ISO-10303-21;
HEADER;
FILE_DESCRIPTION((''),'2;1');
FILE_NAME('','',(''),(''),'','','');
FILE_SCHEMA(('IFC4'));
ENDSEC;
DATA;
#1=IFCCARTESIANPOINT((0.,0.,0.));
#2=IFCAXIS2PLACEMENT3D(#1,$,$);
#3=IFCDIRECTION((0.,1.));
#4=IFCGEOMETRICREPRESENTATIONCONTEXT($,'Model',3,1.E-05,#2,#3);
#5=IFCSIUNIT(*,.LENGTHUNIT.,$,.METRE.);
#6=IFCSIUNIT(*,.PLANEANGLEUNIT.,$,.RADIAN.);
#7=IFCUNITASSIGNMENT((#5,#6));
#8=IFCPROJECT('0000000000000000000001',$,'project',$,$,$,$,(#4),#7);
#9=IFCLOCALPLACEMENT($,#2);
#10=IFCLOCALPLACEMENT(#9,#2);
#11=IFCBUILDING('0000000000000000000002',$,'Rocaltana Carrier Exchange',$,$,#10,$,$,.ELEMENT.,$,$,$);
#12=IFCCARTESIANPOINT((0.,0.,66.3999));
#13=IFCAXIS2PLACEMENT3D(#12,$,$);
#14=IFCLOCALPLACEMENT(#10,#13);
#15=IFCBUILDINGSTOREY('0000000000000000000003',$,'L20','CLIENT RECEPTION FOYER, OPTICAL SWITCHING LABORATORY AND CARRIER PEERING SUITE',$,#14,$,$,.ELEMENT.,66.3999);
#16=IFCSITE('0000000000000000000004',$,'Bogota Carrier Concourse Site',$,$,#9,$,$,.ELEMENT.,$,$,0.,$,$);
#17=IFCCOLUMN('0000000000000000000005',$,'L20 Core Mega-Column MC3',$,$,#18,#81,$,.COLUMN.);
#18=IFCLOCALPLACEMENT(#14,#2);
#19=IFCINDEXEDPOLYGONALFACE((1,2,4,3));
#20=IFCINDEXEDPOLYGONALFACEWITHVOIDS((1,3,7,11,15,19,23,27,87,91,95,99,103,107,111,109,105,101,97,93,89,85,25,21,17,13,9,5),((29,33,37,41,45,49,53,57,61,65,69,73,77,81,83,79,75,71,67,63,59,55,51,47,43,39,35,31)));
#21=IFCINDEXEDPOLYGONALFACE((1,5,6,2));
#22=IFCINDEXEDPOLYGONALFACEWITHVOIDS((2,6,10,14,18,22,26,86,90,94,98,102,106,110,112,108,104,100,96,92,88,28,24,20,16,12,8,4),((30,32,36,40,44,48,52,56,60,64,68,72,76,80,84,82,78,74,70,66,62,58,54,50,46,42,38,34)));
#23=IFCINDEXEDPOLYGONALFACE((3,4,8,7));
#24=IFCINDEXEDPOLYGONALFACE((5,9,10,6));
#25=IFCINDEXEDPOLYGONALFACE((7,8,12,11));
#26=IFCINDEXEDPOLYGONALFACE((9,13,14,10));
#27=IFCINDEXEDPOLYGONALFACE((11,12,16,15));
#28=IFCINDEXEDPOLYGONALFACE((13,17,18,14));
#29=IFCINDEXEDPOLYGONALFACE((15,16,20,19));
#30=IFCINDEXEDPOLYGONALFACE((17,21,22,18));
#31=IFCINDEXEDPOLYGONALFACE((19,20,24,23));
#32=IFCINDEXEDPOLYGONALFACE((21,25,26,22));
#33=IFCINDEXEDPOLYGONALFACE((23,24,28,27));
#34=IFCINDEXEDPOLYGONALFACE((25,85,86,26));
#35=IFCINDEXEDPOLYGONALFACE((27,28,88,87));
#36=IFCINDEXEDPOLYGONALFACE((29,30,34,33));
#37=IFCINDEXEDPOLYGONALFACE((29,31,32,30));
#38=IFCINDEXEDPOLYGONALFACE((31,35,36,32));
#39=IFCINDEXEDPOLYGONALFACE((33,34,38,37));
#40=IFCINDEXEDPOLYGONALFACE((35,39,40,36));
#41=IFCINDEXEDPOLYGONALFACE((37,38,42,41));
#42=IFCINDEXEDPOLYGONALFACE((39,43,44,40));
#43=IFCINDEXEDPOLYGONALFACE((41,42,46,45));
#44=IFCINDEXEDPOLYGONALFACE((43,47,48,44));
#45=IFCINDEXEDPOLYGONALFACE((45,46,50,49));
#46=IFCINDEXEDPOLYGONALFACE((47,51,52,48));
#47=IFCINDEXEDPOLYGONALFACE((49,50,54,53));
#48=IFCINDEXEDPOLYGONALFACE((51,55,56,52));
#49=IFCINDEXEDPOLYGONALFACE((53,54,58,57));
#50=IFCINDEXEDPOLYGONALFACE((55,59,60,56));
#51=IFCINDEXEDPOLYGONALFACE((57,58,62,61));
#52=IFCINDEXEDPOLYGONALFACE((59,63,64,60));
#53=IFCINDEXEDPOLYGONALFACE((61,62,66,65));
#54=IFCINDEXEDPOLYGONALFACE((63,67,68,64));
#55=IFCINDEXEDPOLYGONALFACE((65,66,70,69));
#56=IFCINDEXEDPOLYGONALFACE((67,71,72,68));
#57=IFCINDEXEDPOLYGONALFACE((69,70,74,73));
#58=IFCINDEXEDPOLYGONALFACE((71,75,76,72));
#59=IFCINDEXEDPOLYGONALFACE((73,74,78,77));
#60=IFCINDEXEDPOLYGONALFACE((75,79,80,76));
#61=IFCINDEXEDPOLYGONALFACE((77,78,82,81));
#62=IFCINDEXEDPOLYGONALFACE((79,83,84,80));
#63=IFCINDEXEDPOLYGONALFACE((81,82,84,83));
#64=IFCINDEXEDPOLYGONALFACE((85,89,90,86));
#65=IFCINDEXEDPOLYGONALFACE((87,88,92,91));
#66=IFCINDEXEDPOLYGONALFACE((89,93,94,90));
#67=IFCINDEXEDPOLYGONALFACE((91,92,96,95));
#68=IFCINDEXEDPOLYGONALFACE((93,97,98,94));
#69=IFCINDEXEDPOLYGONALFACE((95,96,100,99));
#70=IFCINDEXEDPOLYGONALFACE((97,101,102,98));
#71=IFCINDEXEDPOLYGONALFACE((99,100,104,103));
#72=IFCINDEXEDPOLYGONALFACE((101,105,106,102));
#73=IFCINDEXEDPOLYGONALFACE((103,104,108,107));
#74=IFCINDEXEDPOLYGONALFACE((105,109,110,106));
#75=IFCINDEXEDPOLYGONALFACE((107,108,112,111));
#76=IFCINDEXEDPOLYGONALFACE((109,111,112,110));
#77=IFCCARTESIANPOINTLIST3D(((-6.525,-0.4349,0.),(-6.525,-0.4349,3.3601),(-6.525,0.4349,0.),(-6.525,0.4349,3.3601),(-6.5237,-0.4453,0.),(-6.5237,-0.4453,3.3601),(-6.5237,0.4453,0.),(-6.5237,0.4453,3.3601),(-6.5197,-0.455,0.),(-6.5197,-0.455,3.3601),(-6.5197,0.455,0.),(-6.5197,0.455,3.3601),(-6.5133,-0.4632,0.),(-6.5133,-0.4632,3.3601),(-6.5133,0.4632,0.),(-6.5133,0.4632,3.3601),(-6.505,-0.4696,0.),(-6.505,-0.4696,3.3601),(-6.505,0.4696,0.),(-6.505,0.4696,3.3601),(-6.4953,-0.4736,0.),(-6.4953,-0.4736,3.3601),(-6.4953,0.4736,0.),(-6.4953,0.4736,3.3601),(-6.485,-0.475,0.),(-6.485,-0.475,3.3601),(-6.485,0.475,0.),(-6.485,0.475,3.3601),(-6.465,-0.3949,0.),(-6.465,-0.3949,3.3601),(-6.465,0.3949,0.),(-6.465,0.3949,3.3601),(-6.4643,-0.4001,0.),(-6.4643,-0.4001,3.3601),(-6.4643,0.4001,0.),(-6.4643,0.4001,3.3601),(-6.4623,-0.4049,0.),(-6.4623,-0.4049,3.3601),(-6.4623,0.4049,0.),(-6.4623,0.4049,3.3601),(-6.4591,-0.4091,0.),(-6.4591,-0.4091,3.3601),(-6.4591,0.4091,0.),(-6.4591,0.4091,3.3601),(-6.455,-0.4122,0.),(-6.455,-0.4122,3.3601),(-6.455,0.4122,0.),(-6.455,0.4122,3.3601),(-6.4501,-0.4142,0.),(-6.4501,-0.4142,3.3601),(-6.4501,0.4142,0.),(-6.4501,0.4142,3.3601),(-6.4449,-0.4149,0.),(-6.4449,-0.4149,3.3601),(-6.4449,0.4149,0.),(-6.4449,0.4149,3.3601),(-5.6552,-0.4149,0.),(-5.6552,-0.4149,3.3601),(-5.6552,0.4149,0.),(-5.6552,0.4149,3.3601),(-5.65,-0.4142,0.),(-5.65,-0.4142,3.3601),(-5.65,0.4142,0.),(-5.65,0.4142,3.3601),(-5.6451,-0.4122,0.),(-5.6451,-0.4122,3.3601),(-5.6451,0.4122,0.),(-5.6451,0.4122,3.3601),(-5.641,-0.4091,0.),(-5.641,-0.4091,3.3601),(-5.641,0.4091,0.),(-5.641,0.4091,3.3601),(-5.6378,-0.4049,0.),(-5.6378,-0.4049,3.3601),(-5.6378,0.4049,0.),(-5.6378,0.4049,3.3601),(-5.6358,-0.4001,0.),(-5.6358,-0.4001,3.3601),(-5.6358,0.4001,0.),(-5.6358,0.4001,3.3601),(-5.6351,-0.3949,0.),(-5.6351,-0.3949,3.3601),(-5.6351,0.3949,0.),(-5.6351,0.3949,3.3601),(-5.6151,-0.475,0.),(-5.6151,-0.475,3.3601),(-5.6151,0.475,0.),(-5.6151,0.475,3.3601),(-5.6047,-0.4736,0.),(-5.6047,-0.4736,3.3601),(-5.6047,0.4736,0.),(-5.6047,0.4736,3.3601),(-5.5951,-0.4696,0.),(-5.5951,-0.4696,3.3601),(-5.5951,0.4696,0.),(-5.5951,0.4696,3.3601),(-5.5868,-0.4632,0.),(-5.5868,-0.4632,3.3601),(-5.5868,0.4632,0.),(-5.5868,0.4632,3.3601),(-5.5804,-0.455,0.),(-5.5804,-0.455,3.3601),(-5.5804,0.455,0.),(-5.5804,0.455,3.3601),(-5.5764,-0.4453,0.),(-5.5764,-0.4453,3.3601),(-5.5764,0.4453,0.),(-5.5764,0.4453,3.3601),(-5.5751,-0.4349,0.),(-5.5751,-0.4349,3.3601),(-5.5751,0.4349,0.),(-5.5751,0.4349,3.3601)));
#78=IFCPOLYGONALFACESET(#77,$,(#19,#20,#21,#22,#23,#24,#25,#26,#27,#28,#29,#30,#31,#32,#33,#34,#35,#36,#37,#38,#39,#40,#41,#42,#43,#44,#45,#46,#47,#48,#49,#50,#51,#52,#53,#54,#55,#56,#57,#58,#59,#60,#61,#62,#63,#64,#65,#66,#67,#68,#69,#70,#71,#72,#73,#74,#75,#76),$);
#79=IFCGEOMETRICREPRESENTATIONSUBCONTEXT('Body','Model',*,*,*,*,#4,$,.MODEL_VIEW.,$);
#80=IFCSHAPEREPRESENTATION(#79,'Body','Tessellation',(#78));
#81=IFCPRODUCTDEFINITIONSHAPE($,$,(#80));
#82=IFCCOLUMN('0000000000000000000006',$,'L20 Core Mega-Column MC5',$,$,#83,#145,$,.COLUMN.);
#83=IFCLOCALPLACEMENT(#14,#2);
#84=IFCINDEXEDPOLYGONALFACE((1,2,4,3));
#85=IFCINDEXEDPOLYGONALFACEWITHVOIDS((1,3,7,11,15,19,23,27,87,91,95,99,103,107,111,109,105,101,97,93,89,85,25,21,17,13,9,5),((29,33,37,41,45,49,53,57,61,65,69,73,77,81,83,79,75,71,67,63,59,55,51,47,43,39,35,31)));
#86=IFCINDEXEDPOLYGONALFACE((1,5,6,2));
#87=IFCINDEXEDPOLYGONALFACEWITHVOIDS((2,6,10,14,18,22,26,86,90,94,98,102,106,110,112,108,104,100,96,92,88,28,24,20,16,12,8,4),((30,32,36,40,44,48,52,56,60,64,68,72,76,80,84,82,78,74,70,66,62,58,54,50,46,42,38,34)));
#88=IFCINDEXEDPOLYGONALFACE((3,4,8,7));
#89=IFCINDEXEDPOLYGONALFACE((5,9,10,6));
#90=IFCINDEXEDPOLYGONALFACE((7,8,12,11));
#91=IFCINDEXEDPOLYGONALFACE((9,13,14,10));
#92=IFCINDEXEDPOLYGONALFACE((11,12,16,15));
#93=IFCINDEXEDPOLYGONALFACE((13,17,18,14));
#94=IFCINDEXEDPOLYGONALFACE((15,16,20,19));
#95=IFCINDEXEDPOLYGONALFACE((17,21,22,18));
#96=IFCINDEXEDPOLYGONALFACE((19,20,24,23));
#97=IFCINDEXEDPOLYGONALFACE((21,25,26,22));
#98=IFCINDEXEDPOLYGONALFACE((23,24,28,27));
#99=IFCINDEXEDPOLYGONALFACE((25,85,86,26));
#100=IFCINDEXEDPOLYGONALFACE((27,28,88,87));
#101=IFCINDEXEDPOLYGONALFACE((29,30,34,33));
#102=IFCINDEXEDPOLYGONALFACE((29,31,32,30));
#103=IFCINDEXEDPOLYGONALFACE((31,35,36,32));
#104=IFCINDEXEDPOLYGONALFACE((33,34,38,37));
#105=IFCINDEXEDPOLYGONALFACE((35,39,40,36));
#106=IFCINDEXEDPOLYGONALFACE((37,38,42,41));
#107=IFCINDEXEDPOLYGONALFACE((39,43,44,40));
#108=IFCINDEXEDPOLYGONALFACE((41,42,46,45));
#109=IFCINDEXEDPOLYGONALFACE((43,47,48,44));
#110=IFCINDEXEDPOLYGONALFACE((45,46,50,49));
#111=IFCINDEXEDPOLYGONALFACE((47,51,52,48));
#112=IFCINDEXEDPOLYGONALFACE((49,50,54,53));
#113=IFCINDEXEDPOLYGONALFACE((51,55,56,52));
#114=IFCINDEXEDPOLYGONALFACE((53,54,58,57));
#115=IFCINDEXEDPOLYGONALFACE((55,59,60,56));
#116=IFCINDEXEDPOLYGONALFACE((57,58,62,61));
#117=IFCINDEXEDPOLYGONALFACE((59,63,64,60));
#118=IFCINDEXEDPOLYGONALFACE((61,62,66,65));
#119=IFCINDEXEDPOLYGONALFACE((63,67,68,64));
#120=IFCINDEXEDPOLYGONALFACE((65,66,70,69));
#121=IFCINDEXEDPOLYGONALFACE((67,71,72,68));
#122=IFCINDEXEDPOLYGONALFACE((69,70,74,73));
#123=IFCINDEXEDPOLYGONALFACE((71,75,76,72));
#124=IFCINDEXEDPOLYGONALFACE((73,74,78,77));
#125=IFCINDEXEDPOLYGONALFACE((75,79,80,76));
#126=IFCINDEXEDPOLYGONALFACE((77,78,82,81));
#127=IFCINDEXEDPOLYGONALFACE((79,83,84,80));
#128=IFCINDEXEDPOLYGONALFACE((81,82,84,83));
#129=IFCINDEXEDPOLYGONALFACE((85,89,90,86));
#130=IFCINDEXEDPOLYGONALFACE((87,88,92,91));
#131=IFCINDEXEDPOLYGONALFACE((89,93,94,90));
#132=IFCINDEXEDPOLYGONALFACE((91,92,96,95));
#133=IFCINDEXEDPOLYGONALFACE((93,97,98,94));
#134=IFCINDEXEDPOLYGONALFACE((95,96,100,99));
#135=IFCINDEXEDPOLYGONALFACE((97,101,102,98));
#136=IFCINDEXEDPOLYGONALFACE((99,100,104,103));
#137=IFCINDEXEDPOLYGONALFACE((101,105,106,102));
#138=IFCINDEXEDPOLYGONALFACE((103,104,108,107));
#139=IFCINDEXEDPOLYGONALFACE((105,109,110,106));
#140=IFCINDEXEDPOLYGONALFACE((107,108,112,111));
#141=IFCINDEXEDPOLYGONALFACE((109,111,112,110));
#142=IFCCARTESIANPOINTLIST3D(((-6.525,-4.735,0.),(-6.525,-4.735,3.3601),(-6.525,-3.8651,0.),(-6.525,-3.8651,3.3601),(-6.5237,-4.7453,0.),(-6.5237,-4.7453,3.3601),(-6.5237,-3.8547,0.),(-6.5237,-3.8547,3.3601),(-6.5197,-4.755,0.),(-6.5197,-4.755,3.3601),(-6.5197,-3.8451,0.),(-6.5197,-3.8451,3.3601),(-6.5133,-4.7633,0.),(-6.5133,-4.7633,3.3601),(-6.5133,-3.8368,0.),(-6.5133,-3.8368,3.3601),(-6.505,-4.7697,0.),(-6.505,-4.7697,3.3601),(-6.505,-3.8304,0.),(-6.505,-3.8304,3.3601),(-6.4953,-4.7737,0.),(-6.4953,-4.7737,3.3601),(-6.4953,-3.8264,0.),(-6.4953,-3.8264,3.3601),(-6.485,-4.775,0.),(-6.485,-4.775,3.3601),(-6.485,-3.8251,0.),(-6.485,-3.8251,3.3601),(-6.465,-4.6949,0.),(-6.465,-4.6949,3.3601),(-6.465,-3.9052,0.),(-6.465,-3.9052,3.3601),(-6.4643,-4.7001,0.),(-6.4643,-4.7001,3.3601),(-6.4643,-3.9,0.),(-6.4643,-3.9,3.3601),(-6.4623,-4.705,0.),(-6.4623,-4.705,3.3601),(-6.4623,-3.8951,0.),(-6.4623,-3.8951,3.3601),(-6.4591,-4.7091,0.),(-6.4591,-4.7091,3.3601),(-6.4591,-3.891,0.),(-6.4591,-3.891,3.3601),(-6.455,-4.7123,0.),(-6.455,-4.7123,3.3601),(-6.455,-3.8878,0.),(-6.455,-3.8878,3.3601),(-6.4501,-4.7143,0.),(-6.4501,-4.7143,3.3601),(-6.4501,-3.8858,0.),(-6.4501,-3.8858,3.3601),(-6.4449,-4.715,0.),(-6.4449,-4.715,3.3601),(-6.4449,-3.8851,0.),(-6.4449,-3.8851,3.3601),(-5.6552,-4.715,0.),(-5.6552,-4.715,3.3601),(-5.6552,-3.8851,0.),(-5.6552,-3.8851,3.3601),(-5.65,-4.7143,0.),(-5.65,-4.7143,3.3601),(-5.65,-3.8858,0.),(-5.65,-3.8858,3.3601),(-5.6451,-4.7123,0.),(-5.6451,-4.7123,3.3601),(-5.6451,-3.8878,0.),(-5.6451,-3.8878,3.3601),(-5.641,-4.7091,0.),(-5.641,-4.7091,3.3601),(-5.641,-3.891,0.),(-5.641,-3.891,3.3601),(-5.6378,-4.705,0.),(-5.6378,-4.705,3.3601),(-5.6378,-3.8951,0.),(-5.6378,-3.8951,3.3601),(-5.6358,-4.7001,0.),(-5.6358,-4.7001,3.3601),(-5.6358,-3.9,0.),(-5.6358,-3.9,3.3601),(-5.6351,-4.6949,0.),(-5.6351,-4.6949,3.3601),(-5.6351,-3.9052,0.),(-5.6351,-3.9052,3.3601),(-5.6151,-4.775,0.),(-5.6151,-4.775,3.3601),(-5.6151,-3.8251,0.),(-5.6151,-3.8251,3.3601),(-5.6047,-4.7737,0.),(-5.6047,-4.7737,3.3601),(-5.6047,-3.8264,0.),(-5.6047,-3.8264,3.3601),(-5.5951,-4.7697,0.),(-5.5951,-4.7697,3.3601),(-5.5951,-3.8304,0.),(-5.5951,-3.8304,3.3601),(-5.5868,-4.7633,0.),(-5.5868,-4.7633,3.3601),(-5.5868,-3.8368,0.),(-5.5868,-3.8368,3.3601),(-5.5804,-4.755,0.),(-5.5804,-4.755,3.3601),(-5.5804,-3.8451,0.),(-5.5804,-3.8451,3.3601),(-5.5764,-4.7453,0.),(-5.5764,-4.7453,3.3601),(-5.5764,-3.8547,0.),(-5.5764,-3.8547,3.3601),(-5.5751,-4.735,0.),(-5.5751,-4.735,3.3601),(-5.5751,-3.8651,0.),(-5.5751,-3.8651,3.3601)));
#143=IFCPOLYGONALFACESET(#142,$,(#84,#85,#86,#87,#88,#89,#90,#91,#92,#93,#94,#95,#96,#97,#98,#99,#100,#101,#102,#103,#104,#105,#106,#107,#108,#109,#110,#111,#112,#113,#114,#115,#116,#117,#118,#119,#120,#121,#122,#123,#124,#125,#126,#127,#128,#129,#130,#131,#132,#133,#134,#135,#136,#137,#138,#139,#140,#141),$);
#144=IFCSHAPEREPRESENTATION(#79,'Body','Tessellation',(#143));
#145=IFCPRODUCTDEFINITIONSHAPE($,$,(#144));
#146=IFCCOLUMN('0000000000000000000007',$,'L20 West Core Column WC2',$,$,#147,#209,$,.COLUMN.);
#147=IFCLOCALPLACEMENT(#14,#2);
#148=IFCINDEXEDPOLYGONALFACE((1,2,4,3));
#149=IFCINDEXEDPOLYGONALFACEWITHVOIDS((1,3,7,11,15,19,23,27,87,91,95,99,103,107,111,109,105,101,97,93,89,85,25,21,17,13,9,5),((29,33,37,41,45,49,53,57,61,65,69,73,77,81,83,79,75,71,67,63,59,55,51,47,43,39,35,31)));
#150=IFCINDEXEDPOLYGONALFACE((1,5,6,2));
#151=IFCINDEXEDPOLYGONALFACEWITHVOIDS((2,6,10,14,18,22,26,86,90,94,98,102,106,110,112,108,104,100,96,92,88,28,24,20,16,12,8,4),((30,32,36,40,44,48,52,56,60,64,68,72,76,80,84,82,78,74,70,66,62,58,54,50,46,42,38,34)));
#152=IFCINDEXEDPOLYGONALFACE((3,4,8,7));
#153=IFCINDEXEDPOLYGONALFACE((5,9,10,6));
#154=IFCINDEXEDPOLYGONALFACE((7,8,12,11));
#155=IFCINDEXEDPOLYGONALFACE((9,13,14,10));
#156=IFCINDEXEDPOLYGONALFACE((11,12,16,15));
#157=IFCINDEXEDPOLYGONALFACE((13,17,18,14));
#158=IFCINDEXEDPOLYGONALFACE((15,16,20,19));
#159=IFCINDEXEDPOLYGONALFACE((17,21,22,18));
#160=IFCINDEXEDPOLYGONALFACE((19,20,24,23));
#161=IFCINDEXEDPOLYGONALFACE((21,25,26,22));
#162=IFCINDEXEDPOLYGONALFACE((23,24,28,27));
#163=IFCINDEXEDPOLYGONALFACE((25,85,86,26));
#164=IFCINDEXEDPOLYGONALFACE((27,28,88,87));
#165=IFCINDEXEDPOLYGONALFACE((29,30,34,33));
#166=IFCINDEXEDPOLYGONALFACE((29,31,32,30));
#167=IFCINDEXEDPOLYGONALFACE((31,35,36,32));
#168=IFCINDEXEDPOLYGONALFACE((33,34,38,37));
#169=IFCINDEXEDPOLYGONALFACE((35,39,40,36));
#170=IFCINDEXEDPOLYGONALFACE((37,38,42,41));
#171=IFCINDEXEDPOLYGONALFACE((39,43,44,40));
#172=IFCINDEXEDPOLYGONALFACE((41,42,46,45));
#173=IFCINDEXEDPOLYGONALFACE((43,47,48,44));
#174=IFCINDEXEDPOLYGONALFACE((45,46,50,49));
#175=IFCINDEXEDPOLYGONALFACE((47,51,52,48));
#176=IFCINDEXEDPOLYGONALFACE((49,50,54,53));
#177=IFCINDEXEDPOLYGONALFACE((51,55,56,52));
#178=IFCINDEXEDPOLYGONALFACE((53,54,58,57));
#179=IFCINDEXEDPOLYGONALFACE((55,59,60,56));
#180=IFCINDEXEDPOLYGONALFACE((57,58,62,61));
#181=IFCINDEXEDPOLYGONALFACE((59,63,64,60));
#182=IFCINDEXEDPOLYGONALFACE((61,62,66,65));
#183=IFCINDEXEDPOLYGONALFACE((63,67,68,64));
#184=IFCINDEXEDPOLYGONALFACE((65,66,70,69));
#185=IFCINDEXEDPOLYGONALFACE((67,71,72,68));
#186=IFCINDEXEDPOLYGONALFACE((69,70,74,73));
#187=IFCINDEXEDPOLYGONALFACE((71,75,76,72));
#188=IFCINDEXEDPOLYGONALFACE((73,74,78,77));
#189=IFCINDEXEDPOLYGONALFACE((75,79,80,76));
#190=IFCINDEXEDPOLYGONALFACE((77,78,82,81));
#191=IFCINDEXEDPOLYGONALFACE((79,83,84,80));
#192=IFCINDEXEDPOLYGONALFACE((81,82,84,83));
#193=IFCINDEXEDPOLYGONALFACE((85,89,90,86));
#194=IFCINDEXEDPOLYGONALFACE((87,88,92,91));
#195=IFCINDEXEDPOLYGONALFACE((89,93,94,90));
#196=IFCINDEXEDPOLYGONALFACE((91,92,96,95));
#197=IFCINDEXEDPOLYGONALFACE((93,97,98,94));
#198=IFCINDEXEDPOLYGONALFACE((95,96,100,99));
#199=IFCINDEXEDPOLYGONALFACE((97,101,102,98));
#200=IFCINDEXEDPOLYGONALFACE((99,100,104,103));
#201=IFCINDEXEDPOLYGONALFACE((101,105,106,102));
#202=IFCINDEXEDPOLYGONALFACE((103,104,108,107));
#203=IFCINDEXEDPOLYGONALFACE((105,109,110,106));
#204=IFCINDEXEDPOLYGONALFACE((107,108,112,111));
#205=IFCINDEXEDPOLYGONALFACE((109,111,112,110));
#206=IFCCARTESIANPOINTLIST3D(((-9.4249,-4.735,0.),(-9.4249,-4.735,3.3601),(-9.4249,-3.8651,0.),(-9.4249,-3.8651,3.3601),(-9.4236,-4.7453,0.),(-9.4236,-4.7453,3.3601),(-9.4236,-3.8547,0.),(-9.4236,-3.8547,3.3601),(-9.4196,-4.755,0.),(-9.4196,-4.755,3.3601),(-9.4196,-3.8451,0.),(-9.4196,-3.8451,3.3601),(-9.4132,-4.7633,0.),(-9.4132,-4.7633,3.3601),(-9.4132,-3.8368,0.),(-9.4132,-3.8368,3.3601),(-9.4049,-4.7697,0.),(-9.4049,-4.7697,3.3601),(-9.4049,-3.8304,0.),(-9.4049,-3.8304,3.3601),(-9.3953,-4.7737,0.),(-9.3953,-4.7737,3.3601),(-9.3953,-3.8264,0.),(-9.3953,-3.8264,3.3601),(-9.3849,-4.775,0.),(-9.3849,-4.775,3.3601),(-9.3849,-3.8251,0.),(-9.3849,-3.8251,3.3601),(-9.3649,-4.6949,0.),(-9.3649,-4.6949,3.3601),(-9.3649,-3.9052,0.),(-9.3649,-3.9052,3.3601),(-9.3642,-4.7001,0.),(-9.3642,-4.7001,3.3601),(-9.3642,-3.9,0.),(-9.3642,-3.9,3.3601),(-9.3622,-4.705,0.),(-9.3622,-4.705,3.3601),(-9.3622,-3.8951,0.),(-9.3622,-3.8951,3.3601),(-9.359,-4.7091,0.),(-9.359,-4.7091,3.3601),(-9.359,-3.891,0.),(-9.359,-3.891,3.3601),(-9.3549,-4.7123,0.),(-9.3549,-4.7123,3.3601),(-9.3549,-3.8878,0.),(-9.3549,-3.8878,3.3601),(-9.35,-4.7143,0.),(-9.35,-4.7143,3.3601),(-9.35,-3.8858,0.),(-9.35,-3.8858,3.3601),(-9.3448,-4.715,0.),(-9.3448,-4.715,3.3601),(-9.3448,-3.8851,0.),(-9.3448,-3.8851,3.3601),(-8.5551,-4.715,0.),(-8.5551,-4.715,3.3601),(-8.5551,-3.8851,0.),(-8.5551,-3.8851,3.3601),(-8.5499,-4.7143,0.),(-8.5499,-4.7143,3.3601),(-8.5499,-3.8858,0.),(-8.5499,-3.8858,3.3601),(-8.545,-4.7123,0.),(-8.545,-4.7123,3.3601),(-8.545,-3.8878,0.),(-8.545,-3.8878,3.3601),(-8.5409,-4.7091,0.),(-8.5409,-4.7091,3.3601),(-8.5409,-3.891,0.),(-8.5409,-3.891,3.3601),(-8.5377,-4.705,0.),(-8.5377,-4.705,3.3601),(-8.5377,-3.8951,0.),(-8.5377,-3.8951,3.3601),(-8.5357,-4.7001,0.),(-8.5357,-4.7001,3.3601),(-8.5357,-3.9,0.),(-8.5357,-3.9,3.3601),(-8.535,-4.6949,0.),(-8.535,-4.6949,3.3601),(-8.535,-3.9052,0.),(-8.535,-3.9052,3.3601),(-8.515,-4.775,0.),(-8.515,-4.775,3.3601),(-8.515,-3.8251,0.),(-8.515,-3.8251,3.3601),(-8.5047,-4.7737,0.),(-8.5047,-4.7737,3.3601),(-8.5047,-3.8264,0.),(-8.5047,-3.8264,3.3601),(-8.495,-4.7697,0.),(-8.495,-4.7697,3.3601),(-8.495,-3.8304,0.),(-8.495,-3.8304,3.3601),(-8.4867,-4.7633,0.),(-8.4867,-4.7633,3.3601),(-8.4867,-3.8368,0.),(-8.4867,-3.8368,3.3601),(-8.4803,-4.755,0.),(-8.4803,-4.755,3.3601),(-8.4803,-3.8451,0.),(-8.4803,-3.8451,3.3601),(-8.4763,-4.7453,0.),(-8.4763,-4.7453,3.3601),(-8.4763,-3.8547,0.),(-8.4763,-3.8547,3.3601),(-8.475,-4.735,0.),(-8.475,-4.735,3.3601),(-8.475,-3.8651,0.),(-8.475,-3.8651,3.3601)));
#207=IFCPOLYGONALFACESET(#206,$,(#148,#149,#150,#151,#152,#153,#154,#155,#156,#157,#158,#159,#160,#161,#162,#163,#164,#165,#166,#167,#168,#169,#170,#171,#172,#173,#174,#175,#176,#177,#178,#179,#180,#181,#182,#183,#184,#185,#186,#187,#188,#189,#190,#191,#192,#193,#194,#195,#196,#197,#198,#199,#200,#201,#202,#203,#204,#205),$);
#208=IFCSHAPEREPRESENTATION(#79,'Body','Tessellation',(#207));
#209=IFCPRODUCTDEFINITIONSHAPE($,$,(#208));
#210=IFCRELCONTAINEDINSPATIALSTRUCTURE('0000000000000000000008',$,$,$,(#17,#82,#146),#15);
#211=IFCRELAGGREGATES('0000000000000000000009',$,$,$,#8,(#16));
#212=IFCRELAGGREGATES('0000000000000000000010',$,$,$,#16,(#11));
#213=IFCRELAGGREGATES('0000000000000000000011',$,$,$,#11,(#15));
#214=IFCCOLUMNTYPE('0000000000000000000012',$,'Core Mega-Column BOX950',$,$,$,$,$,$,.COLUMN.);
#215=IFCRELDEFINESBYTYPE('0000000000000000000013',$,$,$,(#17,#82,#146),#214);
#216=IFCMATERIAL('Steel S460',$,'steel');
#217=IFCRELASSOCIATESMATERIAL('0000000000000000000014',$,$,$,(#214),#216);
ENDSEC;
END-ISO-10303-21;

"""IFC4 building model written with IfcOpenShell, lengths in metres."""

from ifc_helpers import new_model, si_unit, direction, frame, origin, origin_2d, place, context, subcontext, project, spatial, hollow_rectangle, extrude, material, material_profile, profile_set, type_object, element, save


model = new_model("IFC4")

# Units and contexts
model_context = context("Model", 3, precision=1e-05, world=origin(), true_north=direction((0.0, 1.0)))
body_context = subcontext(model_context, "Body", "Model", "MODEL_VIEW")
ifc_project = project(units=[si_unit("LENGTHUNIT", "METRE"), si_unit("PLANEANGLEUNIT", "RADIAN")], contexts=[model_context])

# Site, building, storey
site_placement = place(None, origin())
site = spatial("IfcSite", under=ifc_project, at=site_placement, Name="Bogota Carrier Concourse Site", CompositionType="ELEMENT", RefElevation=0.0)
building_placement = place(site_placement, origin())
building = spatial("IfcBuilding", under=site, at=building_placement, Name="Rocaltana Carrier Exchange", CompositionType="ELEMENT")
storey_placement = place(building_placement, frame((0.0, 0.0, 66.3999)))
storey = spatial("IfcBuildingStorey", under=building, at=storey_placement, Name="L20", Description="CLIENT RECEPTION FOYER, OPTICAL SWITCHING LABORATORY AND CARRIER PEERING SUITE", CompositionType="ELEMENT", Elevation=66.3999)

# Columns
ifc_material_1 = material(Name="Steel S460", Category="steel")
ifc_material_profile_1 = material_profile(ifc_material_1, hollow_rectangle(XDim=0.95, YDim=0.95, WallThickness=0.0601, InnerFilletRadius=0.02, OuterFilletRadius=0.04, at=origin_2d()), Name="BOX950X950X60")
ifc_profile_set_1 = profile_set([ifc_material_profile_1], Name="Steel S460")
column_type = type_object("IfcColumnType", Name="Core Mega-Column BOX950", PredefinedType="COLUMN", material=ifc_profile_set_1)
for number, where, z_axis, x_axis, name in (
    (1, (-6.05, 0.0, 0.0), (0.0, 0.0, 1.0), (1.0, 0.0, 0.0), "L20 Core Mega-Column MC3"),
    (2, (-6.05, -4.3, 0.0), (0.0, 0.0, 1.0), (1.0, 0.0, 0.0), "L20 Core Mega-Column MC5"),
    (3, (-8.95, -4.3, 0.0), (0.0, 0.0, 1.0), (1.0, 0.0, 0.0), "L20 West Core Column WC2"),
):
    element("IfcColumn", number, at=place(storey_placement, frame(where, z_axis=z_axis, x_axis=x_axis)), inside=storey, type_object=column_type, Name=name, PredefinedType="COLUMN", context=body_context, shape_type="SweptSolid", body=[
        extrude(hollow_rectangle(XDim=0.95, YDim=0.95, WallThickness=0.0601, InnerFilletRadius=0.02, OuterFilletRadius=0.04, at=origin_2d()), origin(), (0.0, 0.0, 1.0), 3.3601),
    ])

save(model, "model.ifc")
